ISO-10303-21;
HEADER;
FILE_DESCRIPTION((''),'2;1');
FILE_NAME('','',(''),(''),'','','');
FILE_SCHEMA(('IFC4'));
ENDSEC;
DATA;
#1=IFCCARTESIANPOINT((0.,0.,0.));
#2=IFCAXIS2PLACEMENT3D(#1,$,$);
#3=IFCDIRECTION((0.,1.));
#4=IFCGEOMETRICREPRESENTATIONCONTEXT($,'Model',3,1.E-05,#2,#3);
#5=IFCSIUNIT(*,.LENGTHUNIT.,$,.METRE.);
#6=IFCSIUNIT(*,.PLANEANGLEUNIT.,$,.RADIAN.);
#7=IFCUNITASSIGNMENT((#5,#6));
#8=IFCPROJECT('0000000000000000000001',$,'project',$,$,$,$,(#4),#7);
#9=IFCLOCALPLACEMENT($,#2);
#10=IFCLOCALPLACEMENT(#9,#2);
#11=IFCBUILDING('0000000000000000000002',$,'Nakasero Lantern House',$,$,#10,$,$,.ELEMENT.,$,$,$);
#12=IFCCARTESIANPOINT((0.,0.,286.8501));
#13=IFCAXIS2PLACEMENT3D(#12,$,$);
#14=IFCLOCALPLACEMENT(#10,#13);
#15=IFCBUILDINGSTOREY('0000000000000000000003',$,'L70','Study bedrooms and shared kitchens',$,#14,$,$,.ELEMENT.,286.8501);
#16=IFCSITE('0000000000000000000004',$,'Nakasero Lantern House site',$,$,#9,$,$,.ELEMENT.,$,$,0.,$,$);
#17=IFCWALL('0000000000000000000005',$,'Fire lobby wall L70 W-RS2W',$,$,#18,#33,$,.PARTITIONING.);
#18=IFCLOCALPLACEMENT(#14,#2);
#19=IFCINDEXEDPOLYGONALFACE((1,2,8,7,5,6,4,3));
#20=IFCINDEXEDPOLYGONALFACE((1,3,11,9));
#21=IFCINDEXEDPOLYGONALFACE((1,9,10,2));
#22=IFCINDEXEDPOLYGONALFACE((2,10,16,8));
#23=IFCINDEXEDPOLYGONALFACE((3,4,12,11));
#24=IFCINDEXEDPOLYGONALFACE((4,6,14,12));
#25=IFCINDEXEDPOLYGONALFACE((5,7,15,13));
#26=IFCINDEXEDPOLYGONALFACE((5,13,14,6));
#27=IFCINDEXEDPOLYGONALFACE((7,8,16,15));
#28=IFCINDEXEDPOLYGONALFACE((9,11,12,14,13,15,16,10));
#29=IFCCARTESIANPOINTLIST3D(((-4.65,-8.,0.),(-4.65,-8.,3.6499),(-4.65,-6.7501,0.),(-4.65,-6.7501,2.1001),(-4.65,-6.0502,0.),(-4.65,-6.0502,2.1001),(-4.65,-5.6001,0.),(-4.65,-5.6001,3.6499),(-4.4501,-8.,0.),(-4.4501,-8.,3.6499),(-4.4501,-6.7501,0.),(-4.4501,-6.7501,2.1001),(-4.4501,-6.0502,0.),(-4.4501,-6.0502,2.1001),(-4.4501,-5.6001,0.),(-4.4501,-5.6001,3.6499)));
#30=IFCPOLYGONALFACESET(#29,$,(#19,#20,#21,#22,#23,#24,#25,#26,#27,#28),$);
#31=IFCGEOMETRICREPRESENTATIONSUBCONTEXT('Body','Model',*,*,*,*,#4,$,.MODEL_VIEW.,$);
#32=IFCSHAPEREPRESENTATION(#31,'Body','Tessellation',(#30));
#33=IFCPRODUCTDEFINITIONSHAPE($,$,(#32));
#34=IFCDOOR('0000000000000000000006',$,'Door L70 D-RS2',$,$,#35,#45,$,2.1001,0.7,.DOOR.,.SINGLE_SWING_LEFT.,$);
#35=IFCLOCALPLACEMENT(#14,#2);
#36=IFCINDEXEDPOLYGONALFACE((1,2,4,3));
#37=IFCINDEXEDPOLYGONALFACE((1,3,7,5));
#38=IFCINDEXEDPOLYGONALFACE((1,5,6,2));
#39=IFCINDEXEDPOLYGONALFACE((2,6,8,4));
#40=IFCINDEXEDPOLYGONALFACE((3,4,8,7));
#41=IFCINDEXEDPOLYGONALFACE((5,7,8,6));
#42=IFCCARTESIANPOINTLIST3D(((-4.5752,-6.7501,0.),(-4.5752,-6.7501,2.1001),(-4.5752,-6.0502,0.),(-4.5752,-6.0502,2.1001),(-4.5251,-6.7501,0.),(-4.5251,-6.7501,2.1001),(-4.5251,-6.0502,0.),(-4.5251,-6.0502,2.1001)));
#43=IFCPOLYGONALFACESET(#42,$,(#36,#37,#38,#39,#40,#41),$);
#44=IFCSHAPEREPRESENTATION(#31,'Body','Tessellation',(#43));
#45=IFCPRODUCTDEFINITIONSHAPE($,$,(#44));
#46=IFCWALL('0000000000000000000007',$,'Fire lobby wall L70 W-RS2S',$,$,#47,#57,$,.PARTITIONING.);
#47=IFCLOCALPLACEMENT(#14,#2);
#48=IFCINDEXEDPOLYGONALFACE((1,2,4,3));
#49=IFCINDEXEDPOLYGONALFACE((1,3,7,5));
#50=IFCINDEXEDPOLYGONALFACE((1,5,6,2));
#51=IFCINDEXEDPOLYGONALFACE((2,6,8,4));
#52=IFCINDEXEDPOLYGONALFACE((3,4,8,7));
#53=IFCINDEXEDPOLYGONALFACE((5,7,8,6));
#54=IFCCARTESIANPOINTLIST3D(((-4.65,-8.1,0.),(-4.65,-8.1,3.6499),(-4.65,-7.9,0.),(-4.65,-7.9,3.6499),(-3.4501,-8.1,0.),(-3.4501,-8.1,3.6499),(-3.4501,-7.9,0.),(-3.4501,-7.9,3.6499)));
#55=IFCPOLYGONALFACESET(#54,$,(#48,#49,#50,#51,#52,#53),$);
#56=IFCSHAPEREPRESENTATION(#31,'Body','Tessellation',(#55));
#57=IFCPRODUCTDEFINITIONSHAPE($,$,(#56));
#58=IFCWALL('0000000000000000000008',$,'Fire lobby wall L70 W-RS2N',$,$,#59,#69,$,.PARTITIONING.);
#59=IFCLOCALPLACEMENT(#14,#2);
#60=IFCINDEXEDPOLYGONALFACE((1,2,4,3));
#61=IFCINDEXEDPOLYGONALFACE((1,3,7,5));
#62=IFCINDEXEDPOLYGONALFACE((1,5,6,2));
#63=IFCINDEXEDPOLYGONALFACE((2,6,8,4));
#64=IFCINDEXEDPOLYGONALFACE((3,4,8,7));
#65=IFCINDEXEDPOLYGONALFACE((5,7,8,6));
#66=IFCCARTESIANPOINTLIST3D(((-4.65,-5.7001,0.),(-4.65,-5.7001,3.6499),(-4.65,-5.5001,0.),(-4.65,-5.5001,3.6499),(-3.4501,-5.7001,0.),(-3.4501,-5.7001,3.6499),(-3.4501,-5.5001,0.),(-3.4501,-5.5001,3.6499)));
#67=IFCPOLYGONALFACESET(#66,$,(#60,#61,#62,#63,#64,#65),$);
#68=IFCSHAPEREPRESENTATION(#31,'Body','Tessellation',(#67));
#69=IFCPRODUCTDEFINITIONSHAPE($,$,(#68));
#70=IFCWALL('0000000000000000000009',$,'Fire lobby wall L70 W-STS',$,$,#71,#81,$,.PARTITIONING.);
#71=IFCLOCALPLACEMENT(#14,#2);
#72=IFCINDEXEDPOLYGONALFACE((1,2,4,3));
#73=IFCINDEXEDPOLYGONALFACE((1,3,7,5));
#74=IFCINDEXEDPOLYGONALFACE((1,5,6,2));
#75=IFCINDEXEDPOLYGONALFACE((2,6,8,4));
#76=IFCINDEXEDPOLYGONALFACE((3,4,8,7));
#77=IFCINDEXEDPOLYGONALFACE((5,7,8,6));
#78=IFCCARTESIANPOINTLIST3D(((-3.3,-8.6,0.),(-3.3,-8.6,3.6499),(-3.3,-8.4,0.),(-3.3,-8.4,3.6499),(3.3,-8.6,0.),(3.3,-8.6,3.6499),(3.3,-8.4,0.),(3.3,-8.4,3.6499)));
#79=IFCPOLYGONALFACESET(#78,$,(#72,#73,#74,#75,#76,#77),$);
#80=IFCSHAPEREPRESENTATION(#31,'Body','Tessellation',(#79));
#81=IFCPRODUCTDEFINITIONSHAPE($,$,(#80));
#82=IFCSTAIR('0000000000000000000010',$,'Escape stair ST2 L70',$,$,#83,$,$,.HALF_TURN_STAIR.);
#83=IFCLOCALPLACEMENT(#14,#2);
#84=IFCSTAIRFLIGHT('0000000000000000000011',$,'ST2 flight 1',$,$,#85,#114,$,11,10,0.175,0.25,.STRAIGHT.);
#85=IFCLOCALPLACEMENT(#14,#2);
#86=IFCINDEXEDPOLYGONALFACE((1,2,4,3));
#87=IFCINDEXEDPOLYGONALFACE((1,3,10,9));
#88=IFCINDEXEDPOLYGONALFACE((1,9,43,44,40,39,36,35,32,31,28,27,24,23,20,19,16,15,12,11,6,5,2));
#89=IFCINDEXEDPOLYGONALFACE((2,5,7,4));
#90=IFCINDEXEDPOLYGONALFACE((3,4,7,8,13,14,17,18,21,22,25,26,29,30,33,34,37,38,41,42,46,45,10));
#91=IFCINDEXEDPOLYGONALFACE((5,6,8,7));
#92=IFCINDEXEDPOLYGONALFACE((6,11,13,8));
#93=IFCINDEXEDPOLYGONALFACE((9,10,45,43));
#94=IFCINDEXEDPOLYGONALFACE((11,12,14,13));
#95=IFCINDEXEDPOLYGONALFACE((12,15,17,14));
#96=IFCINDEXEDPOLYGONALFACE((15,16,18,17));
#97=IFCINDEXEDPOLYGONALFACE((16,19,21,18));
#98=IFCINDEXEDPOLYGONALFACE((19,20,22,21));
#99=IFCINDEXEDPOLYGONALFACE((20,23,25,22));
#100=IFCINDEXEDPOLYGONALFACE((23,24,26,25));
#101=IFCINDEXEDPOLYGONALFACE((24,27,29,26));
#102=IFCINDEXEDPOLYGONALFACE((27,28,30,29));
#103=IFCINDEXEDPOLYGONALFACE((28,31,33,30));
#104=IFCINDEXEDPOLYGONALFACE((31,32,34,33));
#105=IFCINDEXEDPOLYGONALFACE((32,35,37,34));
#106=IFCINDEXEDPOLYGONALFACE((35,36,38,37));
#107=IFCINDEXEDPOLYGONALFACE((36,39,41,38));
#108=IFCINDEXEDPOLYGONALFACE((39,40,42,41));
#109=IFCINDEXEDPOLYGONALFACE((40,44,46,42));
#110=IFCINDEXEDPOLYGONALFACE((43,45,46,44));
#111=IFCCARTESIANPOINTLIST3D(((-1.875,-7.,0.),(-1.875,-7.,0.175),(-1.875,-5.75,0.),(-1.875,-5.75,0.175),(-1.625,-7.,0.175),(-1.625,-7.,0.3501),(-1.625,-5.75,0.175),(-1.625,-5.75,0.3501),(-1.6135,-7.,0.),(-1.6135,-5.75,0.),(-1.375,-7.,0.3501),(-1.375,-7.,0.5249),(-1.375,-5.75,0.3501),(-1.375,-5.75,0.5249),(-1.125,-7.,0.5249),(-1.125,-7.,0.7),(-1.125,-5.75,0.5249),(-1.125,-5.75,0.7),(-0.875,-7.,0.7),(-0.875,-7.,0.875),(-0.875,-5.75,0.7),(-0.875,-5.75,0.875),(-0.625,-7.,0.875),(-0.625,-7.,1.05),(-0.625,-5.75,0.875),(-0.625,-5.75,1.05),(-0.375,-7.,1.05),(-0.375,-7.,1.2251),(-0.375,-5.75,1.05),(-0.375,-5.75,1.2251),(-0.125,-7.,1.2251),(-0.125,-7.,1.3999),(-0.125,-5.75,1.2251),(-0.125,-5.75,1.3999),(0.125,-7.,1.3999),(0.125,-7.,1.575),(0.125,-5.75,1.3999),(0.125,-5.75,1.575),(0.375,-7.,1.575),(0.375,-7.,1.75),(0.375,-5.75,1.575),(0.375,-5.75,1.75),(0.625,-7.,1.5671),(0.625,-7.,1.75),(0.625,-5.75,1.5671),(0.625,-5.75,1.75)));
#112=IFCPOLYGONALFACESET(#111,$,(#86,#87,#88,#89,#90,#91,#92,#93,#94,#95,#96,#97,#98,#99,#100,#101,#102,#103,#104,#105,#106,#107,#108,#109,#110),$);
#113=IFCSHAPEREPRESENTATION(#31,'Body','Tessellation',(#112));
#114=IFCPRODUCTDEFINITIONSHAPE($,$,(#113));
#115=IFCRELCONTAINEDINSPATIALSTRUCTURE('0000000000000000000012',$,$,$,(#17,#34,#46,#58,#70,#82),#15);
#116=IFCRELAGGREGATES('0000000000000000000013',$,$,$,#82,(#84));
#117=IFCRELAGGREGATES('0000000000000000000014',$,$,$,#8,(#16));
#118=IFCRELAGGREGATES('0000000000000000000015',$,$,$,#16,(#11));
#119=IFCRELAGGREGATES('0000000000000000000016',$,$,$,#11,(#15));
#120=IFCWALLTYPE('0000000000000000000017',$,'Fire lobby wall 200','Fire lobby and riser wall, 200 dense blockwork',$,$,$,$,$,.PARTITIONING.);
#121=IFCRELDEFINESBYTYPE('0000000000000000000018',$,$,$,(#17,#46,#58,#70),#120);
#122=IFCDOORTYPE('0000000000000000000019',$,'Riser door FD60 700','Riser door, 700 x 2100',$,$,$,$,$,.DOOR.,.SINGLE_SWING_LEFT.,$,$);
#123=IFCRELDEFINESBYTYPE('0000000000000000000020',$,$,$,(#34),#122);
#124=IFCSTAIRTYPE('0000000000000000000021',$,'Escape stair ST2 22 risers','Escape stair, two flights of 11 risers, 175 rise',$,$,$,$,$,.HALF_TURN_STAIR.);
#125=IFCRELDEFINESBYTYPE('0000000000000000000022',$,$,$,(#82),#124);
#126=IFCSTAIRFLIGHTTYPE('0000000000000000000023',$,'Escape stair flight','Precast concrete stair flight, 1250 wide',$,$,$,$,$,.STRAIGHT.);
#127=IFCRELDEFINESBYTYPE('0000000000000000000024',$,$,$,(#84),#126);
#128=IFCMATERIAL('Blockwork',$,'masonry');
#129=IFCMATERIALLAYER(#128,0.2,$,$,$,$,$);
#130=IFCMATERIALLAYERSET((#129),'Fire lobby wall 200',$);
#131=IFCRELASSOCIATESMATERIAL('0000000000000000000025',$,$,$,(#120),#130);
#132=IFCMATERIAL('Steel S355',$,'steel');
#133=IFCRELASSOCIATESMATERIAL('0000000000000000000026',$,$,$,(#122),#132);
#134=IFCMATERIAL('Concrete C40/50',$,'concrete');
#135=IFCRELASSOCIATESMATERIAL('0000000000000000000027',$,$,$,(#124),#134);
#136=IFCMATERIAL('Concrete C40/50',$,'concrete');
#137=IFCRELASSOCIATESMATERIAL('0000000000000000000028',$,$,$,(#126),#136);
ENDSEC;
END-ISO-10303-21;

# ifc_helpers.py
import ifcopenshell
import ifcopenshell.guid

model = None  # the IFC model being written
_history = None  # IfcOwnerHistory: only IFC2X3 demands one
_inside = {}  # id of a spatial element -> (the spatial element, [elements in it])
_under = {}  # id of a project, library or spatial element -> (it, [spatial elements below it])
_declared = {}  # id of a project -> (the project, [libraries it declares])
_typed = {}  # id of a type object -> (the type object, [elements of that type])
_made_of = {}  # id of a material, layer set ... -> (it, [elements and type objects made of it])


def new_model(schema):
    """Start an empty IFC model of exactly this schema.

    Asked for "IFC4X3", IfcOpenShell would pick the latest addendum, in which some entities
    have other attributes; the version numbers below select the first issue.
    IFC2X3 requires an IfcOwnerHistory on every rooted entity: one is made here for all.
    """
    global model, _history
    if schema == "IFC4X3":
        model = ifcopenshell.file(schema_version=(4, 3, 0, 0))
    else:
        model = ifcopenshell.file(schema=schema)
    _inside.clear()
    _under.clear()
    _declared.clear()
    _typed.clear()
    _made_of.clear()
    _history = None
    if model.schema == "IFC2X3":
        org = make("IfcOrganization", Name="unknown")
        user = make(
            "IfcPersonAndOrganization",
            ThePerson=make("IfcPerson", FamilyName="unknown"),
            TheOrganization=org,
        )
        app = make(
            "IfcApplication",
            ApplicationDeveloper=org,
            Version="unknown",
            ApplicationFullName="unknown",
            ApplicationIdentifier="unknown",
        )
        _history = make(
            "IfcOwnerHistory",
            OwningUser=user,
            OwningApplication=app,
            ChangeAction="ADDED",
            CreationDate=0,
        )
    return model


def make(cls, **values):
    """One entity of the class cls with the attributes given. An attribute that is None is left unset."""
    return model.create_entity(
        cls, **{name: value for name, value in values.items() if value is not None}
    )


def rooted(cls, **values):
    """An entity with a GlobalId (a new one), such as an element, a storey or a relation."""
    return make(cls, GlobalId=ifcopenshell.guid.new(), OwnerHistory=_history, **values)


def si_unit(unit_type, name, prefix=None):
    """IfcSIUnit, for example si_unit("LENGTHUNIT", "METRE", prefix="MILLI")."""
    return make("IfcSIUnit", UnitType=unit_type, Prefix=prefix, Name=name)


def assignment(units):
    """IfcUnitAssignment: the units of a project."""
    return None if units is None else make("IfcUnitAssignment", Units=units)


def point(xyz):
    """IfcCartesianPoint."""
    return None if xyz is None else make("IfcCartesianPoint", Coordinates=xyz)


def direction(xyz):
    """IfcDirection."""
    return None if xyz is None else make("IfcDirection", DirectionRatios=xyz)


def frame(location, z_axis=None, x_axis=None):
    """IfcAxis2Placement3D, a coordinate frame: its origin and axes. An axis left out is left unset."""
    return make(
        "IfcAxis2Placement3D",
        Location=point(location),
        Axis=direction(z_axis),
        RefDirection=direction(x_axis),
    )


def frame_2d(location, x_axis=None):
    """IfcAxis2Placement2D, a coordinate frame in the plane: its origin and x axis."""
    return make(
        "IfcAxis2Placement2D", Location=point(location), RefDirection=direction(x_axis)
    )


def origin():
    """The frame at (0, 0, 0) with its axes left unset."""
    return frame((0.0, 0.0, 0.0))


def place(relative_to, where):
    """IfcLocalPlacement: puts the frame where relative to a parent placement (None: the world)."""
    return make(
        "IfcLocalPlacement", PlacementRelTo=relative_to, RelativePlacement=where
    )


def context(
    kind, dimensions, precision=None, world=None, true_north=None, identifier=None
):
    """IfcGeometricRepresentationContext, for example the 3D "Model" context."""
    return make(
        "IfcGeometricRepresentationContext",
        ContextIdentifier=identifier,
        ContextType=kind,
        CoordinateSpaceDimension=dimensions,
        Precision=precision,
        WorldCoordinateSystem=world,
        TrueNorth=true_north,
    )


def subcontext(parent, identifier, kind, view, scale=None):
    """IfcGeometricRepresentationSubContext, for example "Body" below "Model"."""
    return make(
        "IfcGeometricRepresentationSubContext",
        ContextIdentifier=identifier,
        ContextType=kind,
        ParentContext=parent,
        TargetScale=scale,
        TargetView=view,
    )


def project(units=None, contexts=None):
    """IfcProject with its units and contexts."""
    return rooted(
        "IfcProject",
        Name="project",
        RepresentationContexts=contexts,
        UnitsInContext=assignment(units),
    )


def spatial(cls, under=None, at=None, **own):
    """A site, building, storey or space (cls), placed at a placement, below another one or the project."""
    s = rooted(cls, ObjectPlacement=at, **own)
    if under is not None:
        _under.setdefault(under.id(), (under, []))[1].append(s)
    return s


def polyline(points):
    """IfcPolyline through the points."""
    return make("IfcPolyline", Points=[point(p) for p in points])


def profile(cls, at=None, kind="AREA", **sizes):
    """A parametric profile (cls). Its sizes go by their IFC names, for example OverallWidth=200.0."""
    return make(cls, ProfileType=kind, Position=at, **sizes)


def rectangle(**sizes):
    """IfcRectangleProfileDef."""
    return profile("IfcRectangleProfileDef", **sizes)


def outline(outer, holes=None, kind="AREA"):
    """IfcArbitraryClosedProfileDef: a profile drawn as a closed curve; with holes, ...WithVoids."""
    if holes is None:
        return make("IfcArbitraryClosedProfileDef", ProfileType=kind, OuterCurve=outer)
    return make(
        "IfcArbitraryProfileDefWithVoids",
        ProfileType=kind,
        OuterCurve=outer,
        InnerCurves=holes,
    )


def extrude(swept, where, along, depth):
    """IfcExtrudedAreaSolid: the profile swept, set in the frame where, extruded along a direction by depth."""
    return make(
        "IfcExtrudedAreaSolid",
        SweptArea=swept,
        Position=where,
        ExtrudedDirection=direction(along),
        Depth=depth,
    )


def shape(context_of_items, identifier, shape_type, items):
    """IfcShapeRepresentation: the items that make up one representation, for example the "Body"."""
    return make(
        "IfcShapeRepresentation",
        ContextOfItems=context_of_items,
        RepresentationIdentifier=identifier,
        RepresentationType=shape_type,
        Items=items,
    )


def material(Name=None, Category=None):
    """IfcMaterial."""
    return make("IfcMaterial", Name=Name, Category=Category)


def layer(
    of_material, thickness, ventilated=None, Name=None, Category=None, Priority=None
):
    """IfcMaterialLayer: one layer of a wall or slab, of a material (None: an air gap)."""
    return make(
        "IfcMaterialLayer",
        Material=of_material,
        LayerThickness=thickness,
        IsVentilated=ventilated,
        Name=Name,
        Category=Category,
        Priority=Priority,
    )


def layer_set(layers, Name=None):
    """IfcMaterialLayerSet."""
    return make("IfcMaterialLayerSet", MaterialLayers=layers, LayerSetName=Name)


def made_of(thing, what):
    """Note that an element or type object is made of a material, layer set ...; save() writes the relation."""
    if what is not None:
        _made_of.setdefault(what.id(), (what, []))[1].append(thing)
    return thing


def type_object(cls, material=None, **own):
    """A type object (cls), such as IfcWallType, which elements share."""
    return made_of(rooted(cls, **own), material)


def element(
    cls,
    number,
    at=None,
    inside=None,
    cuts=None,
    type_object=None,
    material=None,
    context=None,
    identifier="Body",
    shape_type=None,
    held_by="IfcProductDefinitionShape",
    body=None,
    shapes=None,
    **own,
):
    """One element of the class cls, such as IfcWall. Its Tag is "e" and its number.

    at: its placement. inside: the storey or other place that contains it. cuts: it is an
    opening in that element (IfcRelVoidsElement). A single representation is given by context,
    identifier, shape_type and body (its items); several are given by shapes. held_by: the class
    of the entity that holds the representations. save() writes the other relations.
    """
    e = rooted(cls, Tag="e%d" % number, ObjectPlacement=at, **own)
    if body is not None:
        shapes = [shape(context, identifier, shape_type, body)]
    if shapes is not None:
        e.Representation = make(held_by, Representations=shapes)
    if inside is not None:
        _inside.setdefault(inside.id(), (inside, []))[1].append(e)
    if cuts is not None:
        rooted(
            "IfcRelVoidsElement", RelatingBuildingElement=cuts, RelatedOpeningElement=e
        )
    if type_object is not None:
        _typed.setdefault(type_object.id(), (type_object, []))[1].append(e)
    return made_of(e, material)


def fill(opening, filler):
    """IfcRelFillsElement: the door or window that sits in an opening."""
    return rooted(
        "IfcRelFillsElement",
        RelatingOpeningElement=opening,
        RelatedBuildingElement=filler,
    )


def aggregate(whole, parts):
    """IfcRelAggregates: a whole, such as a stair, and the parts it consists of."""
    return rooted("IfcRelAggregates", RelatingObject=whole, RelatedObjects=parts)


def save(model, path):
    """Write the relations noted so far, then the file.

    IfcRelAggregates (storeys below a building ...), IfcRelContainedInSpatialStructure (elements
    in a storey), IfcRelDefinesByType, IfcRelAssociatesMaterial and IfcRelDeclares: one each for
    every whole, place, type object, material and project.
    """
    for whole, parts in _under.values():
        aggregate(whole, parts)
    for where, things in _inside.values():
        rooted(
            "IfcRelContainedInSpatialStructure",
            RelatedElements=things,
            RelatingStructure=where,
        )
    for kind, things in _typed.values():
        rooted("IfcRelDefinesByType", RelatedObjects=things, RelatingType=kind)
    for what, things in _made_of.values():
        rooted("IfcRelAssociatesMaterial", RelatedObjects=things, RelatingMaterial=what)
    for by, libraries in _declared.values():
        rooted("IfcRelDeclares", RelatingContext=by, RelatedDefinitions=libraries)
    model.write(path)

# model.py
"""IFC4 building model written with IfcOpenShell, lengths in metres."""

from ifc_helpers import new_model, si_unit, direction, frame, frame_2d, origin, place, context, subcontext, project, spatial, polyline, rectangle, outline, extrude, material, layer, layer_set, type_object, element, fill, aggregate, save


model = new_model("IFC4")

# Units and contexts
model_context = context("Model", 3, precision=1e-05, world=origin(), true_north=direction((0.0, 1.0)))
body_context = subcontext(model_context, "Body", "Model", "MODEL_VIEW")
ifc_project = project(units=[si_unit("LENGTHUNIT", "METRE"), si_unit("PLANEANGLEUNIT", "RADIAN")], contexts=[model_context])

# Site, building, storey
site_placement = place(None, origin())
site = spatial("IfcSite", under=ifc_project, at=site_placement, Name="Nakasero Lantern House site", CompositionType="ELEMENT", RefElevation=0.0)
building_placement = place(site_placement, origin())
building = spatial("IfcBuilding", under=site, at=building_placement, Name="Nakasero Lantern House", CompositionType="ELEMENT")
storey_placement = place(building_placement, frame((0.0, 0.0, 286.8501)))
storey = spatial("IfcBuildingStorey", under=building, at=storey_placement, Name="L70", Description="Study bedrooms and shared kitchens", CompositionType="ELEMENT", Elevation=286.8501)

# Wall, opening, door
ifc_material_1 = material(Name="Blockwork", Category="masonry")
ifc_layer_1 = layer(ifc_material_1, 0.2)
ifc_layer_set_1 = layer_set([ifc_layer_1], Name="Fire lobby wall 200")
wall_type_1 = type_object("IfcWallType", Name="Fire lobby wall 200", Description="Fire lobby and riser wall, 200 dense blockwork", PredefinedType="PARTITIONING", material=ifc_layer_set_1)
wall_1_placement = place(storey_placement, frame((-4.55, -5.6001, 0.0), z_axis=(0.0, 0.0, 1.0), x_axis=(0.0, -1.0, 0.0)))
wall_1 = element("IfcWall", 1, at=wall_1_placement, inside=storey, type_object=wall_type_1, Name="Fire lobby wall L70 W-RS2W", PredefinedType="PARTITIONING", context=body_context, shape_type="SweptSolid", body=[
    extrude(rectangle(XDim=2.3999, YDim=0.2, at=frame_2d((1.2, 0.0))), origin(), (0.0, 0.0, 1.0), 3.6499),
])
opening_1_placement = place(wall_1_placement, frame((0.45, 0.0, 0.0)))
opening_1 = element("IfcOpeningElement", 2, at=opening_1_placement, cuts=wall_1, PredefinedType="OPENING", context=body_context, shape_type="SweptSolid", body=[
    extrude(rectangle(XDim=0.7, YDim=2.1001, at=frame_2d((0.3501, 1.05))), frame((0.0, 0.1199, 0.0), z_axis=(0.0, -1.0, 0.0), x_axis=(1.0, 0.0, 0.0)), (0.0, 0.0, 1.0), 0.24),
])
ifc_material_2 = material(Name="Steel S355", Category="steel")
door_type_1 = type_object("IfcDoorType", Name="Riser door FD60 700", Description="Riser door, 700 x 2100", OperationType="SINGLE_SWING_LEFT", PredefinedType="DOOR", material=ifc_material_2)
door_1_placement = place(opening_1_placement, origin())
door_1 = element("IfcDoor", 3, at=door_1_placement, inside=storey, type_object=door_type_1, Name="Door L70 D-RS2", OperationType="SINGLE_SWING_LEFT", OverallHeight=2.1001, OverallWidth=0.7, PredefinedType="DOOR", context=body_context, shape_type="SweptSolid", body=[
    extrude(rectangle(XDim=0.7, YDim=2.1001, at=frame_2d((0.3501, 1.05))), frame((0.0, 0.0249, 0.0), z_axis=(0.0, -1.0, 0.0), x_axis=(1.0, 0.0, 0.0)), (0.0, 0.0, 1.0), 0.05),
])
fill(opening_1, door_1)

# Walls
for number, where, z_axis, x_axis, name in (
    (4, (-3.45, -8.0, 0.0), (0.0, 0.0, 1.0), (-1.0, 0.0, 0.0), "Fire lobby wall L70 W-RS2S"),
    (5, (-3.45, -5.6001, 0.0), (0.0, 0.0, 1.0), (-1.0, 0.0, 0.0), "Fire lobby wall L70 W-RS2N"),
):
    element("IfcWall", number, at=place(storey_placement, frame(where, z_axis=z_axis, x_axis=x_axis)), inside=storey, type_object=wall_type_1, Name=name, PredefinedType="PARTITIONING", context=body_context, shape_type="SweptSolid", body=[
        extrude(rectangle(XDim=1.2, YDim=0.2, at=frame_2d((0.6001, 0.0))), origin(), (0.0, 0.0, 1.0), 3.6499),
    ])
wall_2_placement = place(storey_placement, frame((-3.3, -8.5, 0.0), z_axis=(0.0, 0.0, 1.0), x_axis=(1.0, 0.0, 0.0)))
element("IfcWall", 6, at=wall_2_placement, inside=storey, type_object=wall_type_1, Name="Fire lobby wall L70 W-STS", PredefinedType="PARTITIONING", context=body_context, shape_type="SweptSolid", body=[
    extrude(rectangle(XDim=6.6001, YDim=0.2, at=frame_2d((3.3, 0.0))), origin(), (0.0, 0.0, 1.0), 3.6499),
])

# Stair, stair flight
ifc_material_3 = material(Name="Concrete C40/50", Category="concrete")
stair_type = type_object("IfcStairType", Name="Escape stair ST2 22 risers", Description="Escape stair, two flights of 11 risers, 175 rise", PredefinedType="HALF_TURN_STAIR", material=ifc_material_3)
stair_placement = place(storey_placement, origin())
stair = element("IfcStair", 7, at=stair_placement, inside=storey, type_object=stair_type, Name="Escape stair ST2 L70", PredefinedType="HALF_TURN_STAIR")
ifc_material_4 = material(Name="Concrete C40/50", Category="concrete")
stair_flight_type = type_object("IfcStairFlightType", Name="Escape stair flight", Description="Precast concrete stair flight, 1250 wide", PredefinedType="STRAIGHT", material=ifc_material_4)
stair_flight_placement = place(storey_placement, frame((-1.875, -6.375, 0.0), z_axis=(0.0, 0.0, 1.0), x_axis=(1.0, 0.0, 0.0)))
stair_flight = element("IfcStairFlight", 8, at=stair_flight_placement, type_object=stair_flight_type, Name="ST2 flight 1", NumberOfRisers=11, NumberOfTreads=10, PredefinedType="STRAIGHT", RiserHeight=0.175, TreadLength=0.25, context=body_context, shape_type="SweptSolid", body=[
    extrude(outline(polyline([(0.0, 0.0), (0.0, 0.175), (0.25, 0.175), (0.25, 0.3501), (0.5, 0.3501), (0.5, 0.5249), (0.75, 0.5249), (0.75, 0.7), (1.0, 0.7), (1.0, 0.875), (1.25, 0.875), (1.25, 1.05), (1.5, 1.05), (1.5, 1.2251), (1.75, 1.2251), (1.75, 1.3999), (2.0, 1.3999), (2.0, 1.575), (2.25, 1.575), (2.25, 1.75), (2.5, 1.75), (2.5, 1.925), (2.5, 1.5671), (0.2615, 0.0), (0.0, 0.0)])), frame((0.0, 0.625, 0.0), z_axis=(0.0, -1.0, 0.0), x_axis=(1.0, 0.0, 0.0)), (0.0, 0.0, 1.0), 1.25),
])
aggregate(stair, [stair_flight])

save(model, "model.ifc")
